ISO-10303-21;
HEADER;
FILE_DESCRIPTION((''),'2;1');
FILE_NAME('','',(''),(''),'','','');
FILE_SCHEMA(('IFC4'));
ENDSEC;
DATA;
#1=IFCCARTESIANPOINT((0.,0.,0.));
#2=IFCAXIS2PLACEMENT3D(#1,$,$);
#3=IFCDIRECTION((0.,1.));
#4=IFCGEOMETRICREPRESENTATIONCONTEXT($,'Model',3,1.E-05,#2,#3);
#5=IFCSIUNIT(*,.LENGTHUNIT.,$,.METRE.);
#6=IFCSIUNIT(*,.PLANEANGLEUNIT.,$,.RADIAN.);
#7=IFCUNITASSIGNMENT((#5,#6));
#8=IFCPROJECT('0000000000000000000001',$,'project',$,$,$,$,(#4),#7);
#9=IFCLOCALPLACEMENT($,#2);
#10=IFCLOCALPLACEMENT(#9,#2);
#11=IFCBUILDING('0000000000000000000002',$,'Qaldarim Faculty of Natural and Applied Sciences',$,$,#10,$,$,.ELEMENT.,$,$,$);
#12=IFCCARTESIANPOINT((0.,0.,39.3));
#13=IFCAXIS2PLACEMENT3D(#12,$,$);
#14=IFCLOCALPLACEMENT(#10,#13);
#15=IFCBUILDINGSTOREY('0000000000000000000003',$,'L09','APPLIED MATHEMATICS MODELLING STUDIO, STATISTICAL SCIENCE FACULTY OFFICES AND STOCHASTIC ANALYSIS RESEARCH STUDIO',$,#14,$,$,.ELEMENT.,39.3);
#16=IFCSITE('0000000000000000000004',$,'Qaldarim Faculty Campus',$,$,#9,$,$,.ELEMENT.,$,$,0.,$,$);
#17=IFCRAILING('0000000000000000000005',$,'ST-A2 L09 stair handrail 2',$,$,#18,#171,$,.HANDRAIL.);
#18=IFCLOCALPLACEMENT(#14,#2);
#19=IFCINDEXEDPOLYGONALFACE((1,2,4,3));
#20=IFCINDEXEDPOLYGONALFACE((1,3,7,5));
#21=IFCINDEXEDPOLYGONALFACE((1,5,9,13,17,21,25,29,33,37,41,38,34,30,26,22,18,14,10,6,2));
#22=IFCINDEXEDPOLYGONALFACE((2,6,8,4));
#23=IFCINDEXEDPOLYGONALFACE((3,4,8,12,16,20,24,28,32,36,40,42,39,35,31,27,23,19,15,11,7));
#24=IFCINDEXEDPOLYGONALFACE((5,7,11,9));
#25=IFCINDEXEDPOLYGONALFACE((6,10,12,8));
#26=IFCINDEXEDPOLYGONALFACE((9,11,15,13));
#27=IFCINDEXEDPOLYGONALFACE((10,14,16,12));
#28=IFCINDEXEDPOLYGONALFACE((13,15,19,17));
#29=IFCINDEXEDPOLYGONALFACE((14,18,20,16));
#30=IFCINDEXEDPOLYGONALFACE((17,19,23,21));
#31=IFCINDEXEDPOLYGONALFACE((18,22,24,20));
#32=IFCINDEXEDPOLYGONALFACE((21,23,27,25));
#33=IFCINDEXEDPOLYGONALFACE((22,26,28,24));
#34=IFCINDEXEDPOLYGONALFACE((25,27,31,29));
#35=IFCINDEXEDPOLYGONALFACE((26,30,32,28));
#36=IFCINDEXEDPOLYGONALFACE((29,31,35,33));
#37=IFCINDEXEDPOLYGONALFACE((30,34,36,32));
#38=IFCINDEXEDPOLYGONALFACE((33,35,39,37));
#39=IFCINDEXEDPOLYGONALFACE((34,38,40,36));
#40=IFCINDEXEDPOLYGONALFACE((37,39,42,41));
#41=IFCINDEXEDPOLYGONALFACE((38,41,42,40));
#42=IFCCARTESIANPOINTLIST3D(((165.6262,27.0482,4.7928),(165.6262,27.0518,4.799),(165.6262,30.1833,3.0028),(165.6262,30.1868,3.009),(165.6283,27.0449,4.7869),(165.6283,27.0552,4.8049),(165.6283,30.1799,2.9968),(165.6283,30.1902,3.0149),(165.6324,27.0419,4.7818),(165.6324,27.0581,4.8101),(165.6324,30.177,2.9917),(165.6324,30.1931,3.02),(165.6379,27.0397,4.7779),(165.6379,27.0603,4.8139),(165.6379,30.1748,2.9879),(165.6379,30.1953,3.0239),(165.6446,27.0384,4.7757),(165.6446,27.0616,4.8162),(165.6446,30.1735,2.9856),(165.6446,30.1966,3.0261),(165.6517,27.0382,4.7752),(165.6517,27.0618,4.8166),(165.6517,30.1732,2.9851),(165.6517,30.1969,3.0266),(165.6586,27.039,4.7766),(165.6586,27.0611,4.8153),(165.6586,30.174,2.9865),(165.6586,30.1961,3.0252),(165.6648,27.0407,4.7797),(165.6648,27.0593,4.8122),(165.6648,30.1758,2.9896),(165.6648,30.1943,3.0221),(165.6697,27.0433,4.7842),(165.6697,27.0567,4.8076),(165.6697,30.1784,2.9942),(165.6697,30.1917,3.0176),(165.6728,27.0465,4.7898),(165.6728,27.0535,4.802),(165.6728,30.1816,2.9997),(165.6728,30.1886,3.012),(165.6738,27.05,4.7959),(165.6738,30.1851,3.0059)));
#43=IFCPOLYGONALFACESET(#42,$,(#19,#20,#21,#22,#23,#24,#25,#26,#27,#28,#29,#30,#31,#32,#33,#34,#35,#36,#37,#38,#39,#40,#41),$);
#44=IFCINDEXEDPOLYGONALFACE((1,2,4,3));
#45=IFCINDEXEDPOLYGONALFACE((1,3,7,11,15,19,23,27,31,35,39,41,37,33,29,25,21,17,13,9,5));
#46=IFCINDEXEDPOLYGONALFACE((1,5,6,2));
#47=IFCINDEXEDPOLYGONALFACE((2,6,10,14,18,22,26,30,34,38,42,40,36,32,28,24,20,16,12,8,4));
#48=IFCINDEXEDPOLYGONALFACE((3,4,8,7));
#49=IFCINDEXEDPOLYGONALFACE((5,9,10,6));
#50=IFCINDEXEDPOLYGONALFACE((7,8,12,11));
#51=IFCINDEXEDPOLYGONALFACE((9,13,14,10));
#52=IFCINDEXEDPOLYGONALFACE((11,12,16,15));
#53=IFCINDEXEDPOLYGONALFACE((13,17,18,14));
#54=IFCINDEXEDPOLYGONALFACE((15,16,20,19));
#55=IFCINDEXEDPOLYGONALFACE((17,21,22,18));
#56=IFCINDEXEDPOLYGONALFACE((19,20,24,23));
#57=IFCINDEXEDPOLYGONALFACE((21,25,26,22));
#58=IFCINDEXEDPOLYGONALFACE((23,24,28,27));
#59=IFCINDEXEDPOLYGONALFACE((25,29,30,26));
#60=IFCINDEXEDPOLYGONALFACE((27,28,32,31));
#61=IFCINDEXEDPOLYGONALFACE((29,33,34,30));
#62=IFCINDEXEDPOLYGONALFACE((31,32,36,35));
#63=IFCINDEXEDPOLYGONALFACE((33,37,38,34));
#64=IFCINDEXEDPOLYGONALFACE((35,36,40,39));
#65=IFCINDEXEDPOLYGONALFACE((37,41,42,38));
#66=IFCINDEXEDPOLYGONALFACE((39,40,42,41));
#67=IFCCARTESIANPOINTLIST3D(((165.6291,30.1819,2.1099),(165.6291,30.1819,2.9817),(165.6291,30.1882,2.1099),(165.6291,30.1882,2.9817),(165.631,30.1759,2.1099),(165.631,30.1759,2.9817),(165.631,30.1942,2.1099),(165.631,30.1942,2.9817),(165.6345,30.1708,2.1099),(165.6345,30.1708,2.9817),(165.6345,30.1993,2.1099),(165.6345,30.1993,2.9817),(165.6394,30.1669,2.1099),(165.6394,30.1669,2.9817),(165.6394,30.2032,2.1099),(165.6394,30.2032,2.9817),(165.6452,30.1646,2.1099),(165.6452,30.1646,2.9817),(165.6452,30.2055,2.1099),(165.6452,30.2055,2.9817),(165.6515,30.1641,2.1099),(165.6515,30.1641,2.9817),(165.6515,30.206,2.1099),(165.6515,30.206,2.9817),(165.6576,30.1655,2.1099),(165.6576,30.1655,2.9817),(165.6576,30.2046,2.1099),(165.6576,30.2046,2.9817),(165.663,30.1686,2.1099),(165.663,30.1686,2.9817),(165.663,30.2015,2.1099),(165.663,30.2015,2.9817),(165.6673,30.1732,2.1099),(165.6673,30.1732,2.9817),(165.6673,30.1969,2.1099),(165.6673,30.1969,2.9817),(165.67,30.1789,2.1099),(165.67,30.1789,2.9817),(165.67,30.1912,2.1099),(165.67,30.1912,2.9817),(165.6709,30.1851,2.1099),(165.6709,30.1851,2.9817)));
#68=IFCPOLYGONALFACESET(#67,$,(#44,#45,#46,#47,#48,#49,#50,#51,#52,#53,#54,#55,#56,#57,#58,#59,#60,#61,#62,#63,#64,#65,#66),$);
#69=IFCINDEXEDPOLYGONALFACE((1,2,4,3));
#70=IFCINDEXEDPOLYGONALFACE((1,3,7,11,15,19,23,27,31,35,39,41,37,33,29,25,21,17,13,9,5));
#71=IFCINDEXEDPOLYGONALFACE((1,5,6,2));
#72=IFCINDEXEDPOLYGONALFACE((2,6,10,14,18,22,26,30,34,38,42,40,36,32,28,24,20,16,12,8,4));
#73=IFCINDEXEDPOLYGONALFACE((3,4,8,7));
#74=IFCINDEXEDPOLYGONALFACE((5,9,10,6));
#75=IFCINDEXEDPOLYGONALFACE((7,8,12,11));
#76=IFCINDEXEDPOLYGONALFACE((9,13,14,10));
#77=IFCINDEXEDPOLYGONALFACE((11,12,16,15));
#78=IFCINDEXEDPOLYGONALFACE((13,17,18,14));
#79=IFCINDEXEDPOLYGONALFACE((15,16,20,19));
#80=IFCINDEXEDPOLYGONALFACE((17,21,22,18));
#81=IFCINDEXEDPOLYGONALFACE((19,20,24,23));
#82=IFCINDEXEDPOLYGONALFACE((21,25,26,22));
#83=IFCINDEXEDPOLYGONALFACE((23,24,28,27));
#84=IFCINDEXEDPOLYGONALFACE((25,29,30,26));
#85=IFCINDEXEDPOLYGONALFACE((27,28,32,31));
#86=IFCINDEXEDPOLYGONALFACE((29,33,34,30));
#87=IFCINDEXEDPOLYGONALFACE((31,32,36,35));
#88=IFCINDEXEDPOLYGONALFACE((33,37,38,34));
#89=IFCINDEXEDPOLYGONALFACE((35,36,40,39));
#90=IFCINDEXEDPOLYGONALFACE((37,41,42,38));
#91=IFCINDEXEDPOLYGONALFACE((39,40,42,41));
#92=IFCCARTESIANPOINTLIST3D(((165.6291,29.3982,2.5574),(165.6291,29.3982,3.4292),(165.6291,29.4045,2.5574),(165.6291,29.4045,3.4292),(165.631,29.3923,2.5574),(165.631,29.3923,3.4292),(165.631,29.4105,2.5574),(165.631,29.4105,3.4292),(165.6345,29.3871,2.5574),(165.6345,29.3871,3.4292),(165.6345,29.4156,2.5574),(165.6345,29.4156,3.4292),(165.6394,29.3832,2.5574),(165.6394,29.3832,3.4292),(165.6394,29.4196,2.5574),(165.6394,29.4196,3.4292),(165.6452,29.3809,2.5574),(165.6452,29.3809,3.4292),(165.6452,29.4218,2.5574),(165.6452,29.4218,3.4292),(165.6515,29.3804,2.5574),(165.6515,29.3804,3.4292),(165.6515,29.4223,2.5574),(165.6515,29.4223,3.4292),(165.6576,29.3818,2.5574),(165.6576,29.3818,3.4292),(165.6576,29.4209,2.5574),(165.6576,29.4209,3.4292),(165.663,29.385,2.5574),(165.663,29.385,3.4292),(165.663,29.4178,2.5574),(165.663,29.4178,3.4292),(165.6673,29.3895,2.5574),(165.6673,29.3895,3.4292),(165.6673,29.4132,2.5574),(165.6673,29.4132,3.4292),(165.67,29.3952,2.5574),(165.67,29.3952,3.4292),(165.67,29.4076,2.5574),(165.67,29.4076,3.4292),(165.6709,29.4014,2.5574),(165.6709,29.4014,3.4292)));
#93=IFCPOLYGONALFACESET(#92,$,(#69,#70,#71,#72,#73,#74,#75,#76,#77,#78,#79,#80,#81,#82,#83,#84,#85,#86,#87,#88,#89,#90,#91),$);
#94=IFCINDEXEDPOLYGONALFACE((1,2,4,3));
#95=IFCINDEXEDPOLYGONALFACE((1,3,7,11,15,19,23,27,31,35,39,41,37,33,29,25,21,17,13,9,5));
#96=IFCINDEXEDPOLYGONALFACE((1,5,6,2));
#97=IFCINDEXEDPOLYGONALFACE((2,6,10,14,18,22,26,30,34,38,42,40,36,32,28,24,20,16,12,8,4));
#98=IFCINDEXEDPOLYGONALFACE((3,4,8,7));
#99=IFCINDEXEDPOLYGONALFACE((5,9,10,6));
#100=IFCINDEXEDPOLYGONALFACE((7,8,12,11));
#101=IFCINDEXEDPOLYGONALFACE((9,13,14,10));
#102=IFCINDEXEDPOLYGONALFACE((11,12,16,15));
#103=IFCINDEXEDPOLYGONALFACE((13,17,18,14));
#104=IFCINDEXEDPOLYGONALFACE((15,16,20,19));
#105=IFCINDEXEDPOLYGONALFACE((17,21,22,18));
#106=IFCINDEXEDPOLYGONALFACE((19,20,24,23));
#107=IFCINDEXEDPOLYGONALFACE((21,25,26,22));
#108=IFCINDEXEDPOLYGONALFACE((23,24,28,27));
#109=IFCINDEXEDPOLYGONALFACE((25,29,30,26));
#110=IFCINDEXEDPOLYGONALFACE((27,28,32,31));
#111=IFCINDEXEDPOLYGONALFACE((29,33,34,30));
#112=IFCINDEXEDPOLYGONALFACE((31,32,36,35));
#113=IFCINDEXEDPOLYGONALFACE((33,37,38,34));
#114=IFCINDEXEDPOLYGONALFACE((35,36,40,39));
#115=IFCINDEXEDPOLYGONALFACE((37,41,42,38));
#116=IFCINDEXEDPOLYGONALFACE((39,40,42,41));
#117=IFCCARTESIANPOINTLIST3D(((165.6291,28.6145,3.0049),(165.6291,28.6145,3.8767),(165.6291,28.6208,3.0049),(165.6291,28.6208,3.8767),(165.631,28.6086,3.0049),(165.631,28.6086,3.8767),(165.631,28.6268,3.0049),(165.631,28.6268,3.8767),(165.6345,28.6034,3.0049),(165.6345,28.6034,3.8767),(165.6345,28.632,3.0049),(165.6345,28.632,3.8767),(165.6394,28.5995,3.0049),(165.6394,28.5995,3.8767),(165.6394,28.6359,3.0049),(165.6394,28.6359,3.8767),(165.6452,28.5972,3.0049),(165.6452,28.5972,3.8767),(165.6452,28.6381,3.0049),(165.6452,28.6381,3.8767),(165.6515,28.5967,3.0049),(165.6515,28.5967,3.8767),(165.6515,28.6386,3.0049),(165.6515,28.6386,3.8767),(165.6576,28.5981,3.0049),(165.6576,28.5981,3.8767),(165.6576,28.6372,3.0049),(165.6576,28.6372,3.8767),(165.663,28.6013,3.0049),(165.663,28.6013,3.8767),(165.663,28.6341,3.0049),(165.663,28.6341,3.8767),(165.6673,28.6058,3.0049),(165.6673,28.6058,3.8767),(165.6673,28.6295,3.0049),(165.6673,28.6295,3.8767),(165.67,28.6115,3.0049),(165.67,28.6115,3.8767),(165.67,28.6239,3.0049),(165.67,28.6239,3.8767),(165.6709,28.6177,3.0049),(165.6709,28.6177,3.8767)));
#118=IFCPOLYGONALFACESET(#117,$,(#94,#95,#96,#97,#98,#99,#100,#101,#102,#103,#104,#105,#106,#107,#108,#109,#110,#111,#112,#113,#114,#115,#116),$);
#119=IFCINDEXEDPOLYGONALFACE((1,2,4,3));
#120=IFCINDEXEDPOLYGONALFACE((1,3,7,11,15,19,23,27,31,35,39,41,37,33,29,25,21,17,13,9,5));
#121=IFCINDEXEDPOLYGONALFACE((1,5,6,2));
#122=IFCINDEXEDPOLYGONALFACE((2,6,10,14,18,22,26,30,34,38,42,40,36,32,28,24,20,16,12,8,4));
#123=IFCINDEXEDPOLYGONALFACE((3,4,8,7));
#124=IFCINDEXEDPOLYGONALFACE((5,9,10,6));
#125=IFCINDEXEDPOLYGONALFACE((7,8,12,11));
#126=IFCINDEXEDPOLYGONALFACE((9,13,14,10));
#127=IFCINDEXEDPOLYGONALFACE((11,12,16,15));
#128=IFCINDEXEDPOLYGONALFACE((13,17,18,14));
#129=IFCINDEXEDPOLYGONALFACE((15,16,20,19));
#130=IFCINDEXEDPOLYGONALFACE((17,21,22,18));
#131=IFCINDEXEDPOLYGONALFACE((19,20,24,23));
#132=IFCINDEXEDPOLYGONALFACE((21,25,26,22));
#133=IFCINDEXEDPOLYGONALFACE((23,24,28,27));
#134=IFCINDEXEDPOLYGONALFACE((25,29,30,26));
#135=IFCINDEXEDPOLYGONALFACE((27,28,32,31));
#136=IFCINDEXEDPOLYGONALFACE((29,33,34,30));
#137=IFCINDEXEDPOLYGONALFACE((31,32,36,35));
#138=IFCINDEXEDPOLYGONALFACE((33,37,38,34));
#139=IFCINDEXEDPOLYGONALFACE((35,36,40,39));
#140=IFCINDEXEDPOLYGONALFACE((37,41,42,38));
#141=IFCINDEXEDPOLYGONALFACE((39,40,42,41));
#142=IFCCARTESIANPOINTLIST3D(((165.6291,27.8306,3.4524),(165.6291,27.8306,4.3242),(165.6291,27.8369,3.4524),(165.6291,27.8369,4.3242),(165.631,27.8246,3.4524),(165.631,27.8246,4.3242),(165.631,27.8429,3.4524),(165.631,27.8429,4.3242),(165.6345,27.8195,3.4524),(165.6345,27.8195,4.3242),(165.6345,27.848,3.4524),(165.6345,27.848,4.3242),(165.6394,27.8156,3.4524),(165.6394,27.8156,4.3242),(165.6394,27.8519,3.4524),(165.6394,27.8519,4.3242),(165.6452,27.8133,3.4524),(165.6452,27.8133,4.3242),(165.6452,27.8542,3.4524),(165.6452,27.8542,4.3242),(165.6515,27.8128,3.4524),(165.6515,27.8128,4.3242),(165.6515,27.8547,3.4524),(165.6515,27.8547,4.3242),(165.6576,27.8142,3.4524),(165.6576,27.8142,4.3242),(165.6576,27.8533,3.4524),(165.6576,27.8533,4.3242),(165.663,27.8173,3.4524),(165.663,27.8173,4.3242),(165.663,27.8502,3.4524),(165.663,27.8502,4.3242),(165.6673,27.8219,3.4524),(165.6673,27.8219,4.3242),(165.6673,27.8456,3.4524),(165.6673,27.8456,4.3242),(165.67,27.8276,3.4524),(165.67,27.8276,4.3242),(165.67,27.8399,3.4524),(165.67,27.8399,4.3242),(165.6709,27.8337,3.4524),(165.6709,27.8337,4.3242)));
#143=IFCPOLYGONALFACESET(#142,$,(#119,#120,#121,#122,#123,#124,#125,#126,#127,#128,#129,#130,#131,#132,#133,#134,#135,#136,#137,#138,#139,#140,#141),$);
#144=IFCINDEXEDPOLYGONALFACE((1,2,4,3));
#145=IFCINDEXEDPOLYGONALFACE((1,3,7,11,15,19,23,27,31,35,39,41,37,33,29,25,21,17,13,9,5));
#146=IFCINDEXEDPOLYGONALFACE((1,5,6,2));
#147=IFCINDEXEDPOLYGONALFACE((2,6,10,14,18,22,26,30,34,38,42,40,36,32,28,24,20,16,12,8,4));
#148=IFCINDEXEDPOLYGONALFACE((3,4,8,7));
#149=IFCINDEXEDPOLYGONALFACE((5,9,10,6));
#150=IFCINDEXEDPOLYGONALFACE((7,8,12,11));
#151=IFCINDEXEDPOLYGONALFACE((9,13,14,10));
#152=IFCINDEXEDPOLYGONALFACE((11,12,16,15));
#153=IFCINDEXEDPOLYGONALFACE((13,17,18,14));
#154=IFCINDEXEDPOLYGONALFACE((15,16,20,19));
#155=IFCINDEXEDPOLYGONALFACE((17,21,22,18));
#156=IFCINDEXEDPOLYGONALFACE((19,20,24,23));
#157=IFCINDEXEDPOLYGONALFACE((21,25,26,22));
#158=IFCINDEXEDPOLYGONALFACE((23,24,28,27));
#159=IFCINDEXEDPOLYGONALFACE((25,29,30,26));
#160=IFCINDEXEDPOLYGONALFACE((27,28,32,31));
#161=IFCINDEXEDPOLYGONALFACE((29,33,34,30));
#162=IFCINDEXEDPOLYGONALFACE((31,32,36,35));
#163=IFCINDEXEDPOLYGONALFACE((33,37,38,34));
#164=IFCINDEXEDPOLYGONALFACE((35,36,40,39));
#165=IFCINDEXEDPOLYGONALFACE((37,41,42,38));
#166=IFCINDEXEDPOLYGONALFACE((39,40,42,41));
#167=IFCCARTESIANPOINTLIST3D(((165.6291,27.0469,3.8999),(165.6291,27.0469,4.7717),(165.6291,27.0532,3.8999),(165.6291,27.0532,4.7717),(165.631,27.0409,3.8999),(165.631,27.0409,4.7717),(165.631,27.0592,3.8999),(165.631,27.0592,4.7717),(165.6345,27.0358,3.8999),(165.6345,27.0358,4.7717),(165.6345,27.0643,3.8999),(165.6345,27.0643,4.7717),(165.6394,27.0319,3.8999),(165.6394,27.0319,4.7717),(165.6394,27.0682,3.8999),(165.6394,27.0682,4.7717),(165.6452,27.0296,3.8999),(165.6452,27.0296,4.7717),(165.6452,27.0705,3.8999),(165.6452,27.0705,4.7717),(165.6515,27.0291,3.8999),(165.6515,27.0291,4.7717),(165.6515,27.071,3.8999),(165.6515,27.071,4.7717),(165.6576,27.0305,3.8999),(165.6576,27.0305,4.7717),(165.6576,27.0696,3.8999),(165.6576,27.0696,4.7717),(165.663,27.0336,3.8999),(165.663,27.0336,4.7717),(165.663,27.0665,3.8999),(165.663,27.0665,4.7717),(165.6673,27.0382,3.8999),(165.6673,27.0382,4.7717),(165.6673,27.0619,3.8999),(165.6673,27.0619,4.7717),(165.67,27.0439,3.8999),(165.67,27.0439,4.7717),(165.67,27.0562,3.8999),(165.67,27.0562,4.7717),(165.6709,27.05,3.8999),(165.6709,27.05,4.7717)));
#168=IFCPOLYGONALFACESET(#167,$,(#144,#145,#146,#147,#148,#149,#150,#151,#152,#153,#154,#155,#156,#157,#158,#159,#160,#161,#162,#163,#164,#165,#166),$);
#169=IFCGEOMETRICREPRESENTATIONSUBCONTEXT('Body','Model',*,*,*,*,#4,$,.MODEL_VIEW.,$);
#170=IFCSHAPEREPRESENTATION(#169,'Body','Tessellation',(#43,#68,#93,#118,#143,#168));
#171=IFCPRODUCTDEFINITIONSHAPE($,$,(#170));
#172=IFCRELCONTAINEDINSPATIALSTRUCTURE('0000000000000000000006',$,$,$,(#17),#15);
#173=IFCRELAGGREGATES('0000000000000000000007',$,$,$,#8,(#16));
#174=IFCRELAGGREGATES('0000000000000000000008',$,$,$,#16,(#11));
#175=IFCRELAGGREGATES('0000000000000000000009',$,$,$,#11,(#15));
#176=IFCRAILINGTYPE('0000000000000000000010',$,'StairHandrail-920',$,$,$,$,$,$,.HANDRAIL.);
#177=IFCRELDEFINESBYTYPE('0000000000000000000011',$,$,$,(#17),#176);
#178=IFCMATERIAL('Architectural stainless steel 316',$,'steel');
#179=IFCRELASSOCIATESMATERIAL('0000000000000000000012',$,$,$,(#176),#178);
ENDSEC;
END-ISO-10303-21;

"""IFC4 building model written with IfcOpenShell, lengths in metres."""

from ifc_helpers import new_model, si_unit, direction, frame, origin, origin_2d, place, context, subcontext, project, spatial, circle, extrude, material, type_object, element, save


model = new_model("IFC4")

# Units and contexts
model_context = context("Model", 3, precision=1e-05, world=origin(), true_north=direction((0.0, 1.0)))
body_context = subcontext(model_context, "Body", "Model", "MODEL_VIEW")
ifc_project = project(units=[si_unit("LENGTHUNIT", "METRE"), si_unit("PLANEANGLEUNIT", "RADIAN")], contexts=[model_context])

# Site, building, storey
site_placement = place(None, origin())
site = spatial("IfcSite", under=ifc_project, at=site_placement, Name="Qaldarim Faculty Campus", CompositionType="ELEMENT", RefElevation=0.0)
building_placement = place(site_placement, origin())
building = spatial("IfcBuilding", under=site, at=building_placement, Name="Qaldarim Faculty of Natural and Applied Sciences", CompositionType="ELEMENT")
storey_placement = place(building_placement, frame((0.0, 0.0, 39.3)))
storey = spatial("IfcBuildingStorey", under=building, at=storey_placement, Name="L09", Description="APPLIED MATHEMATICS MODELLING STUDIO, STATISTICAL SCIENCE FACULTY OFFICES AND STOCHASTIC ANALYSIS RESEARCH STUDIO", CompositionType="ELEMENT", Elevation=39.3)

# Shared definitions
ifc_material_1 = material(Name="Architectural stainless steel 316", Category="steel")

# Railing
railing_type_1 = type_object("IfcRailingType", Name="StairHandrail-920", PredefinedType="HANDRAIL", material=ifc_material_1)
railing_1_placement = place(storey_placement, frame((165.6499, 30.1851, 2.1099)))
element("IfcRailing", 1, at=railing_1_placement, inside=storey, type_object=railing_type_1, Name="ST-A2 L09 stair handrail 2", PredefinedType="HANDRAIL", context=body_context, shape_type="SweptSolid", body=[
    extrude(circle(Radius=0.0239, at=origin_2d()), frame((0.0, 0.0, 0.896), z_axis=(0.0, -0.86841, 0.495848), x_axis=(1.0, 0.0, 0.0)), (0.0, 0.0, 1.0), 3.6101),
    extrude(circle(Radius=0.021, at=origin_2d()), origin(), (0.0, 0.0, 1.0), 0.8718),
    extrude(circle(Radius=0.021, at=origin_2d()), frame((0.0, -0.7837, 0.4475)), (0.0, 0.0, 1.0), 0.8718),
    extrude(circle(Radius=0.021, at=origin_2d()), frame((0.0, -1.5674, 0.895)), (0.0, 0.0, 1.0), 0.8718),
    extrude(circle(Radius=0.021, at=origin_2d()), frame((0.0, -2.3513, 1.3425)), (0.0, 0.0, 1.0), 0.8718),
    extrude(circle(Radius=0.021, at=origin_2d()), frame((0.0, -3.135, 1.79)), (0.0, 0.0, 1.0), 0.8718),
])

save(model, "model.ifc")
